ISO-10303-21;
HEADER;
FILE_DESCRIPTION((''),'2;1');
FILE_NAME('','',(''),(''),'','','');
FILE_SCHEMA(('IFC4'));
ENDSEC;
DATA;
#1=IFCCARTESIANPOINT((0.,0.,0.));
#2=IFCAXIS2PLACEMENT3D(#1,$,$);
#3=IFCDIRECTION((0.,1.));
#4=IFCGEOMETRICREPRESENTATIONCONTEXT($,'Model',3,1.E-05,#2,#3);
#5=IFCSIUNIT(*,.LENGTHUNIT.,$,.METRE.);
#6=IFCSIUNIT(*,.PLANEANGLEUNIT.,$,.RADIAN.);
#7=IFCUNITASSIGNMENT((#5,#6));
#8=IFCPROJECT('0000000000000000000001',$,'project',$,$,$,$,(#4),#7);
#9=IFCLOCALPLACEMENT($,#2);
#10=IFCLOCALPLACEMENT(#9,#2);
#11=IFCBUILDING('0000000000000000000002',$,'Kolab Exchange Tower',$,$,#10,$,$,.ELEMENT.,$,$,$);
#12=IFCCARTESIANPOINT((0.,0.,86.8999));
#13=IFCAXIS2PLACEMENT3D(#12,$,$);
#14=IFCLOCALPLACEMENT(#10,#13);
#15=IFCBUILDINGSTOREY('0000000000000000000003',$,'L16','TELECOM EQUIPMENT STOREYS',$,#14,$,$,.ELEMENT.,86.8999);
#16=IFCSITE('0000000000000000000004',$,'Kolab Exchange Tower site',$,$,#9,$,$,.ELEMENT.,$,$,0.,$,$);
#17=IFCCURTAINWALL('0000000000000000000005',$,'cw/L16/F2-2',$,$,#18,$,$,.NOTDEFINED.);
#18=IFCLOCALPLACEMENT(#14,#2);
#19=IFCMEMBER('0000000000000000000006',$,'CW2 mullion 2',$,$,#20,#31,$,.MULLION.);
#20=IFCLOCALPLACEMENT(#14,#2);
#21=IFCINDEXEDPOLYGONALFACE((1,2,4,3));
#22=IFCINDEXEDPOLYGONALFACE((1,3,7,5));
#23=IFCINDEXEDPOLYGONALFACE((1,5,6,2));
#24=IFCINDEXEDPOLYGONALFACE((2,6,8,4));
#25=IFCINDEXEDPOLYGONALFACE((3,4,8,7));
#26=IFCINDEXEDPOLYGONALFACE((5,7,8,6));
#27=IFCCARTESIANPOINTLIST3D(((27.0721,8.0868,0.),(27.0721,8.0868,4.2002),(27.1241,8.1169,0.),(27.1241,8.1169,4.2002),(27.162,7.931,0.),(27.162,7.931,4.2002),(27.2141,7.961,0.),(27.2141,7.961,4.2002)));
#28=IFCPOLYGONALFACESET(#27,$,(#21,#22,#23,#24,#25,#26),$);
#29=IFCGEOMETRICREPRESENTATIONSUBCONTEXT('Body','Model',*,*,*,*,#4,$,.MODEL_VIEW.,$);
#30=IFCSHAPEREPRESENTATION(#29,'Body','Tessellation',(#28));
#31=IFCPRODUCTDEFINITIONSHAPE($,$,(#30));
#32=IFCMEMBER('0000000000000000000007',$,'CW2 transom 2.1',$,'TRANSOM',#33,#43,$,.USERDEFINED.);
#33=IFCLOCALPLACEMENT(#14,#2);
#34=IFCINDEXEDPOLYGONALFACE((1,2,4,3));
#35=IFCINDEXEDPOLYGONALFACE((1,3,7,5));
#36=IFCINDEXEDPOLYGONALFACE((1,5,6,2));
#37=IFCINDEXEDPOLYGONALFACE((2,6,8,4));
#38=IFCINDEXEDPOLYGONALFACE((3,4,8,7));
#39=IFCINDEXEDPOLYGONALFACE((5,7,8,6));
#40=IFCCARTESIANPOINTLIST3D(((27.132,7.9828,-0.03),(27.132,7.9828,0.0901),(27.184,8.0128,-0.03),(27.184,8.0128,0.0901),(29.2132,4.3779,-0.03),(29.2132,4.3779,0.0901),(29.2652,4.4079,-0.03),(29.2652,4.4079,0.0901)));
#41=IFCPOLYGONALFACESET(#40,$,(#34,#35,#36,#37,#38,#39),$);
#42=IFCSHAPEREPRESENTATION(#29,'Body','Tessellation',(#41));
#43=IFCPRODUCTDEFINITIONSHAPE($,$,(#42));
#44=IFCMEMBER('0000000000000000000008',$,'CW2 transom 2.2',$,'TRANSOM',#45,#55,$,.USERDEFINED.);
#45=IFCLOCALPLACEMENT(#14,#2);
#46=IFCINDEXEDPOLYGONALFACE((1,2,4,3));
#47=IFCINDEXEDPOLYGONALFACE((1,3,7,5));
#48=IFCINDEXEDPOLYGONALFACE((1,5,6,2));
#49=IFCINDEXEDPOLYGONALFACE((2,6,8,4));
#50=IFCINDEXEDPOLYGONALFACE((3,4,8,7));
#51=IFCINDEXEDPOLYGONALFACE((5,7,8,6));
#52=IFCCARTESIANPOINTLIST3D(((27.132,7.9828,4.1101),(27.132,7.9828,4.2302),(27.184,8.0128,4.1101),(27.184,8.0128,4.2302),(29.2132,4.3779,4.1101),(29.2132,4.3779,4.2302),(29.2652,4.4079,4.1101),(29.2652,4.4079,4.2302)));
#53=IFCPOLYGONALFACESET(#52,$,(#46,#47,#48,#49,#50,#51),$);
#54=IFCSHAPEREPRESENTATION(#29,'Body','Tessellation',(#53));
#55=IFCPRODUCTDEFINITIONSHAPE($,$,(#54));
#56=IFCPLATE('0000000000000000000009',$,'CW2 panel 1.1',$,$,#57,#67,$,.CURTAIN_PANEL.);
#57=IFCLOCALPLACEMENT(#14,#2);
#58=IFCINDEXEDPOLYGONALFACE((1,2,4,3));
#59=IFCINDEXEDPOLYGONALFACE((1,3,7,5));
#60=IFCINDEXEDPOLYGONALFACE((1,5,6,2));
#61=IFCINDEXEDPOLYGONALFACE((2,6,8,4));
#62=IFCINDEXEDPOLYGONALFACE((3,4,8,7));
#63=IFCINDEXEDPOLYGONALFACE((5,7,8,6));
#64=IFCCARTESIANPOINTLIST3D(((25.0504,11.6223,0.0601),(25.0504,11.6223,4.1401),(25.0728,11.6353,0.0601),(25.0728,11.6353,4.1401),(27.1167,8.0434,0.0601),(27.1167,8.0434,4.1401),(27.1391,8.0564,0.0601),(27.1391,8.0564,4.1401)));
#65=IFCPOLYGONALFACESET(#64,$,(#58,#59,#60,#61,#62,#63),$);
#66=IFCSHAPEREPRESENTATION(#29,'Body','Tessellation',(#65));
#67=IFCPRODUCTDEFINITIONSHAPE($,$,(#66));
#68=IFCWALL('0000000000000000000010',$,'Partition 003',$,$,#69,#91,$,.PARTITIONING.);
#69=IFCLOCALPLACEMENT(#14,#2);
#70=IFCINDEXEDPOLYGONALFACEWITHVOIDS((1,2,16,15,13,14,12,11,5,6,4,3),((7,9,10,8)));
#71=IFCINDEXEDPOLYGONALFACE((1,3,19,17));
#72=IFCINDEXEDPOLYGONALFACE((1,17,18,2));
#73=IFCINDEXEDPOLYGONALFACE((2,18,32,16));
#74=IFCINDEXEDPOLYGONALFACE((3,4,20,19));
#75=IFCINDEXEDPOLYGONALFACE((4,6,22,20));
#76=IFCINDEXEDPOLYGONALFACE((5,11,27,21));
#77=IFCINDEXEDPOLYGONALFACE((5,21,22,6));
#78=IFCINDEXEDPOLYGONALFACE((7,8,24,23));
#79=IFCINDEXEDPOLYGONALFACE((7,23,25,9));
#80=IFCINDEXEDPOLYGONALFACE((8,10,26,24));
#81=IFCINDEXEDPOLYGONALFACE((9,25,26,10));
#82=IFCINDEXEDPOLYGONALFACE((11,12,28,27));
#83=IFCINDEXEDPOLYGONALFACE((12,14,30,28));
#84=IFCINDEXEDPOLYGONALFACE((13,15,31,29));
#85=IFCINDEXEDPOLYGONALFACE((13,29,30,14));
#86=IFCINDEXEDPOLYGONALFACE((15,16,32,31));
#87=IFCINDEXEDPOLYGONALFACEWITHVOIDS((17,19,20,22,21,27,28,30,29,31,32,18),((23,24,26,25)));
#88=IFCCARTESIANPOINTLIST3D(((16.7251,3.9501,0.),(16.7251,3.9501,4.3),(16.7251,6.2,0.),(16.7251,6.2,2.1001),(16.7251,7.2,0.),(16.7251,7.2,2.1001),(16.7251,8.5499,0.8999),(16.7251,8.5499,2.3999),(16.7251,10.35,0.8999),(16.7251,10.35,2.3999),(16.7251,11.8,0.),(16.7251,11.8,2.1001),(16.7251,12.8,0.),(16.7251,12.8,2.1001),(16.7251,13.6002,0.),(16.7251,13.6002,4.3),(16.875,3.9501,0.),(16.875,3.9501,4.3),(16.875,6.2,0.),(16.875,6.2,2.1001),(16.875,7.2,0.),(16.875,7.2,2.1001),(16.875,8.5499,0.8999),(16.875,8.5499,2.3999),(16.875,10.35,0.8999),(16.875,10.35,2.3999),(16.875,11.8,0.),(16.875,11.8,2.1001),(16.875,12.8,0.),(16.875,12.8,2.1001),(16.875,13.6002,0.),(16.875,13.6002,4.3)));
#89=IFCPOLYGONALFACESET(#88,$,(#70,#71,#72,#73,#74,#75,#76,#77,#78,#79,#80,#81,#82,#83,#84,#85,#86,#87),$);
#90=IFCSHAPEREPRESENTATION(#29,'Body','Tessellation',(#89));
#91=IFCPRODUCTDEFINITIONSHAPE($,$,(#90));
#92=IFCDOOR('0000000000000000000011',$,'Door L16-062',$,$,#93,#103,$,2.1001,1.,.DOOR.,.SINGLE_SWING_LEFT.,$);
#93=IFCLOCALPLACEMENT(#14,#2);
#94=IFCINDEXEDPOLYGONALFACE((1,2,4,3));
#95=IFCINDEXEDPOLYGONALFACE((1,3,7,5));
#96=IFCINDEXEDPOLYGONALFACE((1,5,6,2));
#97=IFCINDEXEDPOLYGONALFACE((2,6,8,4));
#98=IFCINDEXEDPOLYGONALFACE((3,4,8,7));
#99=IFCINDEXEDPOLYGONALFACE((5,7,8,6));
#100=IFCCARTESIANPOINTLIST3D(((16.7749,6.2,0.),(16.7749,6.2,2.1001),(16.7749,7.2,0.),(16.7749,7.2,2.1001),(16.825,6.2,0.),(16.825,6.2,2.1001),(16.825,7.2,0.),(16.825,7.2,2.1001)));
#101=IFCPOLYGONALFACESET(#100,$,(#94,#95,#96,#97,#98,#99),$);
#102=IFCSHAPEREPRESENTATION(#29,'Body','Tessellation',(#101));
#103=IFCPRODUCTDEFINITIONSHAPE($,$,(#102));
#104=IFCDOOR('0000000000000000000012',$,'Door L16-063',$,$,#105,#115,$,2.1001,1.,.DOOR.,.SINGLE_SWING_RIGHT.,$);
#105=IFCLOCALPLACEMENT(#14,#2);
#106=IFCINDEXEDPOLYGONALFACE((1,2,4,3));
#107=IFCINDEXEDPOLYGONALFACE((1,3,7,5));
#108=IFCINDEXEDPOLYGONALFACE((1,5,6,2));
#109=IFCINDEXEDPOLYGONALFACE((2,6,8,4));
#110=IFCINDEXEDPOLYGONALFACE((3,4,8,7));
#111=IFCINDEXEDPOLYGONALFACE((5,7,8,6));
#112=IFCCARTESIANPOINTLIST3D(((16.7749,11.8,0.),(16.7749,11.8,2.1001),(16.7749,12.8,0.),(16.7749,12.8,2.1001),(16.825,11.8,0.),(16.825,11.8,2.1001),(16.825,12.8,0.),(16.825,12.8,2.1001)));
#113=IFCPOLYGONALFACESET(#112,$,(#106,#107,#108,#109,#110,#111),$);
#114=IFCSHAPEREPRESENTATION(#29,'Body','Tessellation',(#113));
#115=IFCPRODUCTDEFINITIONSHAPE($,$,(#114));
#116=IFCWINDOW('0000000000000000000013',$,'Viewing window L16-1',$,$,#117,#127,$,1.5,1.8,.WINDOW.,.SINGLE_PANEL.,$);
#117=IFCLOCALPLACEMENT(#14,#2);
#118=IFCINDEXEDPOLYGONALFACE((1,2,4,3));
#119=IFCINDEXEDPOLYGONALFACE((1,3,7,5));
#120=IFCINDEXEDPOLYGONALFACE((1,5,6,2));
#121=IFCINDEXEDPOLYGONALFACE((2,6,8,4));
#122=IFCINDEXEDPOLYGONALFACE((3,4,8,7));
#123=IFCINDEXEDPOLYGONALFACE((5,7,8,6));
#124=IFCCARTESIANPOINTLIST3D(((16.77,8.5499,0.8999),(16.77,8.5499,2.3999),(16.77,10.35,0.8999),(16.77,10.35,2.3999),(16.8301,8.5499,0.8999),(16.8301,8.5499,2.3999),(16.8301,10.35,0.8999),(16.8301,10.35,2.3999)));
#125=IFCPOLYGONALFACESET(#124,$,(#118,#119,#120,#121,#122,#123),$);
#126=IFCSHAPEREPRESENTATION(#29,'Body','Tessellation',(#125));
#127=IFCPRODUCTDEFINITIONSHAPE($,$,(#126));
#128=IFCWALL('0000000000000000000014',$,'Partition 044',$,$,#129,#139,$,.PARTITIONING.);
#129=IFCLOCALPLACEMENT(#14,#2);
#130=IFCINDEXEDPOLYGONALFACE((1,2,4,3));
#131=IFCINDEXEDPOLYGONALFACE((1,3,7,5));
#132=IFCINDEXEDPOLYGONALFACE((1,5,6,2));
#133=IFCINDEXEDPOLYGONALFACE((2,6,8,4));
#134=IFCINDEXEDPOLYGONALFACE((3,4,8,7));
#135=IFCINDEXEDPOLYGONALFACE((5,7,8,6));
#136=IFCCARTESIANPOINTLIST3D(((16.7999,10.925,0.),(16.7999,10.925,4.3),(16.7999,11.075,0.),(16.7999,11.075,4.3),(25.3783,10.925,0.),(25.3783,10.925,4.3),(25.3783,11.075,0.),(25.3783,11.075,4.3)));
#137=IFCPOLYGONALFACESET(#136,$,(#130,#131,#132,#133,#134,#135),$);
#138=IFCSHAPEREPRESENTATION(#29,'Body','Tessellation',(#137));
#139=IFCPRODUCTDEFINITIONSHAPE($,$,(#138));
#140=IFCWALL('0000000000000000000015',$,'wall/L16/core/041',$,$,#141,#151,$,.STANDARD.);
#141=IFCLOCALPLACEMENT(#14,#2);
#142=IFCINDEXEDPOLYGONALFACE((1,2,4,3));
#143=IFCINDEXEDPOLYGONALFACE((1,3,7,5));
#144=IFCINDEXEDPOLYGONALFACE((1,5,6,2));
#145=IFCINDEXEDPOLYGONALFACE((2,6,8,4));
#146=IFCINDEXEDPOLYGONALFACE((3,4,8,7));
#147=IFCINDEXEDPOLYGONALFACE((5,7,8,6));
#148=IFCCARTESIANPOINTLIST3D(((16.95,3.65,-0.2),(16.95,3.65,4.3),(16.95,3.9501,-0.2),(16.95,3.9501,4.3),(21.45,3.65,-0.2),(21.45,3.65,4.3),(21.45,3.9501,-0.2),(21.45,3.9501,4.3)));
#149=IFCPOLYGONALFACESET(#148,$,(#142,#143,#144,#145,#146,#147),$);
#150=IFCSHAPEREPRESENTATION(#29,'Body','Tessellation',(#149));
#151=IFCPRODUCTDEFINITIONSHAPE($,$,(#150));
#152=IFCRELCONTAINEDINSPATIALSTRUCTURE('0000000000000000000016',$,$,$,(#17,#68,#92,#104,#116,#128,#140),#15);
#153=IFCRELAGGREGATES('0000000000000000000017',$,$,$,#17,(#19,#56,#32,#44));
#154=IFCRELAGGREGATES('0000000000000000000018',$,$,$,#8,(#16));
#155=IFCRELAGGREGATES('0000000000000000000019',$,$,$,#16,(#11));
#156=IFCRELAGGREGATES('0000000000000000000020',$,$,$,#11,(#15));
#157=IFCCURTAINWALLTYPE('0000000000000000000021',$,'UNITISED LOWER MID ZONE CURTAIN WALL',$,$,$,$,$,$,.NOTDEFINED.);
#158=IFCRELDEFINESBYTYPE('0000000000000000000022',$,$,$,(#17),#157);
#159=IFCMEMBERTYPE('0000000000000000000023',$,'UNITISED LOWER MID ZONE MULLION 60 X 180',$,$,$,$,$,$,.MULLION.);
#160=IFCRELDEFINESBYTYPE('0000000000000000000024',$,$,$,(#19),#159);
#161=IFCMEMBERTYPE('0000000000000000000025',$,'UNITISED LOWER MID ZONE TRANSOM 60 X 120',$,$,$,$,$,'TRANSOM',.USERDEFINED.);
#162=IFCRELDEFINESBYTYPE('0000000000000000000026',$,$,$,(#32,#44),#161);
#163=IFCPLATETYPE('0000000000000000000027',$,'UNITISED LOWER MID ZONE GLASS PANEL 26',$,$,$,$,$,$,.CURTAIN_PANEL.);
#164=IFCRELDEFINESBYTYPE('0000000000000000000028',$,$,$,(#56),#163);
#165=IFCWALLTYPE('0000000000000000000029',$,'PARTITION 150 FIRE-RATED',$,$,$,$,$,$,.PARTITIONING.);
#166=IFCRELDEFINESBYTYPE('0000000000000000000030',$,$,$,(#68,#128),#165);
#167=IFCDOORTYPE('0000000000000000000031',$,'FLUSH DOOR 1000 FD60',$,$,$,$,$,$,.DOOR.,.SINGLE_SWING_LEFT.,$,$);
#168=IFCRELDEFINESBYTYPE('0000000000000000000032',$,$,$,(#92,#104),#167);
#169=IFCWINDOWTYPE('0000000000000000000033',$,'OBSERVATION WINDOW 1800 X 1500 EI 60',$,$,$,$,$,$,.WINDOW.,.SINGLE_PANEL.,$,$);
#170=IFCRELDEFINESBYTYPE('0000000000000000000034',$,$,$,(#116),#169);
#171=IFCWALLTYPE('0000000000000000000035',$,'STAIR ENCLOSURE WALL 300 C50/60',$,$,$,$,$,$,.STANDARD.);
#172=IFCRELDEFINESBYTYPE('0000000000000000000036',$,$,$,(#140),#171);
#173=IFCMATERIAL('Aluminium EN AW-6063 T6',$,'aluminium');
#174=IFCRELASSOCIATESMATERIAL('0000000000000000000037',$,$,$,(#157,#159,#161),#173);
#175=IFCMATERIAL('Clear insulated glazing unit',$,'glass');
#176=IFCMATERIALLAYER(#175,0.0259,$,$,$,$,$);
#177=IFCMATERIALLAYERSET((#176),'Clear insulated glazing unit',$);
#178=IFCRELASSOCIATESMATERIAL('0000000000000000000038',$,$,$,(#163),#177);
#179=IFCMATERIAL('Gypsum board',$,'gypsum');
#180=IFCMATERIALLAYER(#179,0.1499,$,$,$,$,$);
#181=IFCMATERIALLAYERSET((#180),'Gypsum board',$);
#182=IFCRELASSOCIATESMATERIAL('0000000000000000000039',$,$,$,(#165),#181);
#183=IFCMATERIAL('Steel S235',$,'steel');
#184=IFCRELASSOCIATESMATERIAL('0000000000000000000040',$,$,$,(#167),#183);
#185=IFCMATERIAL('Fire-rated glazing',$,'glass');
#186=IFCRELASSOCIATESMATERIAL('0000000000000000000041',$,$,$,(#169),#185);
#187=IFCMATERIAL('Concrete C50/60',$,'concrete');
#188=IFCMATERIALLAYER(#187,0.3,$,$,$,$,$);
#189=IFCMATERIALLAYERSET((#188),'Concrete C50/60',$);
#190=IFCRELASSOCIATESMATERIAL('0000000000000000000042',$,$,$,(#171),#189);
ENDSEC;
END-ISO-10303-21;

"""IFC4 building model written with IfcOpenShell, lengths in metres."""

from ifc_helpers import new_model, si_unit, direction, frame, frame_2d, origin, origin_2d, place, context, subcontext, project, spatial, rectangle, extrude, material, layer, layer_set, material_profile, profile_set, type_object, element, fill, aggregate, save


model = new_model("IFC4")

# Units and contexts
model_context = context("Model", 3, precision=1e-05, world=origin(), true_north=direction((0.0, 1.0)))
body_context = subcontext(model_context, "Body", "Model", "MODEL_VIEW")
ifc_project = project(units=[si_unit("LENGTHUNIT", "METRE"), si_unit("PLANEANGLEUNIT", "RADIAN")], contexts=[model_context])

# Site, building, storey
site_placement = place(None, origin())
site = spatial("IfcSite", under=ifc_project, at=site_placement, Name="Kolab Exchange Tower site", CompositionType="ELEMENT", RefElevation=0.0)
building_placement = place(site_placement, origin())
building = spatial("IfcBuilding", under=site, at=building_placement, Name="Kolab Exchange Tower", CompositionType="ELEMENT")
storey_placement = place(building_placement, frame((0.0, 0.0, 86.8999)))
storey = spatial("IfcBuildingStorey", under=building, at=storey_placement, Name="L16", Description="TELECOM EQUIPMENT STOREYS", CompositionType="ELEMENT", Elevation=86.8999)

# Curtain wall, members, plate
ifc_material_1 = material(Name="Aluminium EN AW-6063 T6", Category="aluminium")
curtain_wall_type = type_object("IfcCurtainWallType", Name="UNITISED LOWER MID ZONE CURTAIN WALL", PredefinedType="NOTDEFINED", material=ifc_material_1)
curtain_wall_placement = place(storey_placement, origin())
curtain_wall = element("IfcCurtainWall", 1, at=curtain_wall_placement, inside=storey, type_object=curtain_wall_type, Name="cw/L16/F2-2", PredefinedType="NOTDEFINED")
ifc_material_profile_1 = material_profile(ifc_material_1, rectangle(XDim=0.0601, YDim=0.1799, at=origin_2d()), Name="RECT 60X180")
ifc_profile_set_1 = profile_set([ifc_material_profile_1], Name="Aluminium EN AW-6063 T6")
member_type_1 = type_object("IfcMemberType", Name="UNITISED LOWER MID ZONE MULLION 60 X 180", PredefinedType="MULLION", material=ifc_profile_set_1)
member_1_placement = place(storey_placement, frame((27.1431, 8.0239, 0.0), z_axis=(0.0, 0.0, 1.0), x_axis=(0.866025, 0.5, 0.0)))
member_1 = element("IfcMember", 2, at=member_1_placement, type_object=member_type_1, Name="CW2 mullion 2", PredefinedType="MULLION", context=body_context, shape_type="SweptSolid", body=[
    extrude(rectangle(XDim=0.0601, YDim=0.1799, at=origin_2d()), origin(), (0.0, 0.0, 1.0), 4.2002),
])
ifc_material_profile_2 = material_profile(ifc_material_1, rectangle(XDim=0.0601, YDim=0.1201, at=origin_2d()), Name="RECT 60X120")
ifc_profile_set_2 = profile_set([ifc_material_profile_2], Name="Aluminium EN AW-6063 T6")
member_type_2 = type_object("IfcMemberType", Name="UNITISED LOWER MID ZONE TRANSOM 60 X 120", ElementType="TRANSOM", PredefinedType="USERDEFINED", material=ifc_profile_set_2)
member_2_placement = place(storey_placement, frame((27.158, 7.9978, 0.03), z_axis=(0.499993, -0.866029, 0.0), x_axis=(0.866029, 0.499993, 0.0)))
member_2 = element("IfcMember", 3, at=member_2_placement, type_object=member_type_2, Name="CW2 transom 2.1", ObjectType="TRANSOM", PredefinedType="USERDEFINED", context=body_context, shape_type="SweptSolid", body=[
    extrude(rectangle(XDim=0.0601, YDim=0.1201, at=origin_2d()), origin(), (0.0, 0.0, 1.0), 4.1626),
])
member_3_placement = place(storey_placement, frame((27.158, 7.9978, 4.1702), z_axis=(0.499993, -0.866029, 0.0), x_axis=(0.866029, 0.499993, 0.0)))
member_3 = element("IfcMember", 4, at=member_3_placement, type_object=member_type_2, Name="CW2 transom 2.2", ObjectType="TRANSOM", PredefinedType="USERDEFINED", context=body_context, shape_type="SweptSolid", body=[
    extrude(rectangle(XDim=0.0601, YDim=0.1201, at=origin_2d()), origin(), (0.0, 0.0, 1.0), 4.1626),
])
ifc_material_2 = material(Name="Clear insulated glazing unit", Category="glass")
ifc_layer_1 = layer(ifc_material_2, 0.0259)
ifc_layer_set_1 = layer_set([ifc_layer_1], Name="Clear insulated glazing unit")
plate_type = type_object("IfcPlateType", Name="UNITISED LOWER MID ZONE GLASS PANEL 26", PredefinedType="CURTAIN_PANEL", material=ifc_layer_set_1)
plate_placement = place(storey_placement, frame((26.0947, 9.8394, 0.0601), z_axis=(0.0, 0.0, 1.0), x_axis=(0.5, -0.866025, 0.0)))
plate = element("IfcPlate", 5, at=plate_placement, type_object=plate_type, Name="CW2 panel 1.1", PredefinedType="CURTAIN_PANEL", context=body_context, shape_type="SweptSolid", body=[
    extrude(rectangle(XDim=4.1326, YDim=0.0259, at=origin_2d()), origin(), (0.0, 0.0, 1.0), 4.0801),
])
aggregate(curtain_wall, [member_1, plate, member_2, member_3])

# Wall, openings, doors, window
ifc_material_3 = material(Name="Gypsum board", Category="gypsum")
ifc_layer_2 = layer(ifc_material_3, 0.1499)
ifc_layer_set_2 = layer_set([ifc_layer_2], Name="Gypsum board")
wall_type_1 = type_object("IfcWallType", Name="PARTITION 150 FIRE-RATED", PredefinedType="PARTITIONING", material=ifc_layer_set_2)
wall_1_placement = place(storey_placement, frame((16.8, 3.95, 0.0), z_axis=(0.0, 0.0, 1.0), x_axis=(0.0, 1.0, 0.0)))
wall_1 = element("IfcWall", 6, at=wall_1_placement, inside=storey, type_object=wall_type_1, Name="Partition 003", PredefinedType="PARTITIONING", context=body_context, shape_type="SweptSolid", body=[
    extrude(rectangle(XDim=9.6501, YDim=0.1499, at=frame_2d((4.8252, 0.0))), origin(), (0.0, 0.0, 1.0), 4.3),
])
opening_1_placement = place(wall_1_placement, frame((2.25, 0.0, 0.0)))
opening_1 = element("IfcOpeningElement", 7, at=opening_1_placement, cuts=wall_1, PredefinedType="OPENING", context=body_context, shape_type="SweptSolid", body=[
    extrude(rectangle(XDim=1.0, YDim=2.1001, at=frame_2d((0.5, 1.05))), frame((0.0, 0.085, 0.0), z_axis=(0.0, -1.0, 0.0), x_axis=(1.0, 0.0, 0.0)), (0.0, 0.0, 1.0), 0.1699),
])
opening_2_placement = place(wall_1_placement, frame((7.8501, 0.0, 0.0)))
opening_2 = element("IfcOpeningElement", 8, at=opening_2_placement, cuts=wall_1, PredefinedType="OPENING", context=body_context, shape_type="SweptSolid", body=[
    extrude(rectangle(XDim=1.0, YDim=2.1001, at=frame_2d((0.5, 1.05))), frame((0.0, 0.085, 0.0), z_axis=(0.0, -1.0, 0.0), x_axis=(1.0, 0.0, 0.0)), (0.0, 0.0, 1.0), 0.1699),
])
opening_3_placement = place(wall_1_placement, frame((4.6001, 0.0, 0.8999)))
opening_3 = element("IfcOpeningElement", 9, at=opening_3_placement, cuts=wall_1, PredefinedType="OPENING", context=body_context, shape_type="SweptSolid", body=[
    extrude(rectangle(XDim=1.8, YDim=1.5, at=frame_2d((0.8999, 0.75))), frame((0.0, 0.085, 0.0), z_axis=(0.0, -1.0, 0.0), x_axis=(1.0, 0.0, 0.0)), (0.0, 0.0, 1.0), 0.1699),
])
ifc_material_4 = material(Name="Steel S235", Category="steel")
door_type = type_object("IfcDoorType", Name="FLUSH DOOR 1000 FD60", OperationType="SINGLE_SWING_LEFT", PredefinedType="DOOR", material=ifc_material_4)
door_1_placement = place(opening_1_placement, frame((1.0, 0.0, 0.0), z_axis=(0.0, 0.0, 1.0), x_axis=(-1.0, 0.0, 0.0)))
door_1 = element("IfcDoor", 10, at=door_1_placement, inside=storey, type_object=door_type, Name="Door L16-062", OperationType="SINGLE_SWING_LEFT", OverallHeight=2.1001, OverallWidth=1.0, PredefinedType="DOOR", context=body_context, shape_type="SweptSolid", body=[
    extrude(rectangle(XDim=1.0, YDim=2.1001, at=frame_2d((0.5, 1.05))), frame((0.0, 0.0249, 0.0), z_axis=(0.0, -1.0, 0.0), x_axis=(1.0, 0.0, 0.0)), (0.0, 0.0, 1.0), 0.05),
])
fill(opening_1, door_1)
door_2_placement = place(opening_2_placement, frame((1.0, 0.0, 0.0), z_axis=(0.0, 0.0, 1.0), x_axis=(-1.0, 0.0, 0.0)))
door_2 = element("IfcDoor", 11, at=door_2_placement, inside=storey, type_object=door_type, Name="Door L16-063", OperationType="SINGLE_SWING_RIGHT", OverallHeight=2.1001, OverallWidth=1.0, PredefinedType="DOOR", context=body_context, shape_type="SweptSolid", body=[
    extrude(rectangle(XDim=1.0, YDim=2.1001, at=frame_2d((0.5, 1.05))), frame((0.0, 0.0249, 0.0), z_axis=(0.0, -1.0, 0.0), x_axis=(1.0, 0.0, 0.0)), (0.0, 0.0, 1.0), 0.05),
])
fill(opening_2, door_2)
ifc_material_5 = material(Name="Fire-rated glazing", Category="glass")
window_type = type_object("IfcWindowType", Name="OBSERVATION WINDOW 1800 X 1500 EI 60", PartitioningType="SINGLE_PANEL", PredefinedType="WINDOW", material=ifc_material_5)
window_placement = place(opening_3_placement, origin())
window = element("IfcWindow", 12, at=window_placement, inside=storey, type_object=window_type, Name="Viewing window L16-1", OverallHeight=1.5, OverallWidth=1.8, PartitioningType="SINGLE_PANEL", PredefinedType="WINDOW", context=body_context, shape_type="SweptSolid", body=[
    extrude(rectangle(XDim=1.8, YDim=1.5, at=frame_2d((0.8999, 0.75))), frame((0.0, 0.03, 0.0), z_axis=(0.0, -1.0, 0.0), x_axis=(1.0, 0.0, 0.0)), (0.0, 0.0, 1.0), 0.0601),
])
fill(opening_3, window)

# Walls
wall_2_placement = place(storey_placement, frame((16.8, 11.0, 0.0), z_axis=(0.0, 0.0, 1.0), x_axis=(1.0, 0.0, 0.0)))
element("IfcWall", 13, at=wall_2_placement, inside=storey, type_object=wall_type_1, Name="Partition 044", PredefinedType="PARTITIONING", context=body_context, shape_type="SweptSolid", body=[
    extrude(rectangle(XDim=8.5784, YDim=0.1499, at=frame_2d((4.2891, 0.0))), origin(), (0.0, 0.0, 1.0), 4.3),
])
ifc_material_6 = material(Name="Concrete C50/60", Category="concrete")
ifc_layer_3 = layer(ifc_material_6, 0.3)
ifc_layer_set_3 = layer_set([ifc_layer_3], Name="Concrete C50/60")
wall_type_2 = type_object("IfcWallType", Name="STAIR ENCLOSURE WALL 300 C50/60", PredefinedType="STANDARD", material=ifc_layer_set_3)
wall_3_placement = place(storey_placement, frame((16.95, 3.8, -0.2), z_axis=(0.0, 0.0, 1.0), x_axis=(1.0, 0.0, 0.0)))
element("IfcWall", 14, at=wall_3_placement, inside=storey, type_object=wall_type_2, Name="wall/L16/core/041", PredefinedType="STANDARD", context=body_context, shape_type="SweptSolid", body=[
    extrude(rectangle(XDim=4.5, YDim=0.3, at=frame_2d((2.25, 0.0))), origin(), (0.0, 0.0, 1.0), 4.5),
])

save(model, "model.ifc")
